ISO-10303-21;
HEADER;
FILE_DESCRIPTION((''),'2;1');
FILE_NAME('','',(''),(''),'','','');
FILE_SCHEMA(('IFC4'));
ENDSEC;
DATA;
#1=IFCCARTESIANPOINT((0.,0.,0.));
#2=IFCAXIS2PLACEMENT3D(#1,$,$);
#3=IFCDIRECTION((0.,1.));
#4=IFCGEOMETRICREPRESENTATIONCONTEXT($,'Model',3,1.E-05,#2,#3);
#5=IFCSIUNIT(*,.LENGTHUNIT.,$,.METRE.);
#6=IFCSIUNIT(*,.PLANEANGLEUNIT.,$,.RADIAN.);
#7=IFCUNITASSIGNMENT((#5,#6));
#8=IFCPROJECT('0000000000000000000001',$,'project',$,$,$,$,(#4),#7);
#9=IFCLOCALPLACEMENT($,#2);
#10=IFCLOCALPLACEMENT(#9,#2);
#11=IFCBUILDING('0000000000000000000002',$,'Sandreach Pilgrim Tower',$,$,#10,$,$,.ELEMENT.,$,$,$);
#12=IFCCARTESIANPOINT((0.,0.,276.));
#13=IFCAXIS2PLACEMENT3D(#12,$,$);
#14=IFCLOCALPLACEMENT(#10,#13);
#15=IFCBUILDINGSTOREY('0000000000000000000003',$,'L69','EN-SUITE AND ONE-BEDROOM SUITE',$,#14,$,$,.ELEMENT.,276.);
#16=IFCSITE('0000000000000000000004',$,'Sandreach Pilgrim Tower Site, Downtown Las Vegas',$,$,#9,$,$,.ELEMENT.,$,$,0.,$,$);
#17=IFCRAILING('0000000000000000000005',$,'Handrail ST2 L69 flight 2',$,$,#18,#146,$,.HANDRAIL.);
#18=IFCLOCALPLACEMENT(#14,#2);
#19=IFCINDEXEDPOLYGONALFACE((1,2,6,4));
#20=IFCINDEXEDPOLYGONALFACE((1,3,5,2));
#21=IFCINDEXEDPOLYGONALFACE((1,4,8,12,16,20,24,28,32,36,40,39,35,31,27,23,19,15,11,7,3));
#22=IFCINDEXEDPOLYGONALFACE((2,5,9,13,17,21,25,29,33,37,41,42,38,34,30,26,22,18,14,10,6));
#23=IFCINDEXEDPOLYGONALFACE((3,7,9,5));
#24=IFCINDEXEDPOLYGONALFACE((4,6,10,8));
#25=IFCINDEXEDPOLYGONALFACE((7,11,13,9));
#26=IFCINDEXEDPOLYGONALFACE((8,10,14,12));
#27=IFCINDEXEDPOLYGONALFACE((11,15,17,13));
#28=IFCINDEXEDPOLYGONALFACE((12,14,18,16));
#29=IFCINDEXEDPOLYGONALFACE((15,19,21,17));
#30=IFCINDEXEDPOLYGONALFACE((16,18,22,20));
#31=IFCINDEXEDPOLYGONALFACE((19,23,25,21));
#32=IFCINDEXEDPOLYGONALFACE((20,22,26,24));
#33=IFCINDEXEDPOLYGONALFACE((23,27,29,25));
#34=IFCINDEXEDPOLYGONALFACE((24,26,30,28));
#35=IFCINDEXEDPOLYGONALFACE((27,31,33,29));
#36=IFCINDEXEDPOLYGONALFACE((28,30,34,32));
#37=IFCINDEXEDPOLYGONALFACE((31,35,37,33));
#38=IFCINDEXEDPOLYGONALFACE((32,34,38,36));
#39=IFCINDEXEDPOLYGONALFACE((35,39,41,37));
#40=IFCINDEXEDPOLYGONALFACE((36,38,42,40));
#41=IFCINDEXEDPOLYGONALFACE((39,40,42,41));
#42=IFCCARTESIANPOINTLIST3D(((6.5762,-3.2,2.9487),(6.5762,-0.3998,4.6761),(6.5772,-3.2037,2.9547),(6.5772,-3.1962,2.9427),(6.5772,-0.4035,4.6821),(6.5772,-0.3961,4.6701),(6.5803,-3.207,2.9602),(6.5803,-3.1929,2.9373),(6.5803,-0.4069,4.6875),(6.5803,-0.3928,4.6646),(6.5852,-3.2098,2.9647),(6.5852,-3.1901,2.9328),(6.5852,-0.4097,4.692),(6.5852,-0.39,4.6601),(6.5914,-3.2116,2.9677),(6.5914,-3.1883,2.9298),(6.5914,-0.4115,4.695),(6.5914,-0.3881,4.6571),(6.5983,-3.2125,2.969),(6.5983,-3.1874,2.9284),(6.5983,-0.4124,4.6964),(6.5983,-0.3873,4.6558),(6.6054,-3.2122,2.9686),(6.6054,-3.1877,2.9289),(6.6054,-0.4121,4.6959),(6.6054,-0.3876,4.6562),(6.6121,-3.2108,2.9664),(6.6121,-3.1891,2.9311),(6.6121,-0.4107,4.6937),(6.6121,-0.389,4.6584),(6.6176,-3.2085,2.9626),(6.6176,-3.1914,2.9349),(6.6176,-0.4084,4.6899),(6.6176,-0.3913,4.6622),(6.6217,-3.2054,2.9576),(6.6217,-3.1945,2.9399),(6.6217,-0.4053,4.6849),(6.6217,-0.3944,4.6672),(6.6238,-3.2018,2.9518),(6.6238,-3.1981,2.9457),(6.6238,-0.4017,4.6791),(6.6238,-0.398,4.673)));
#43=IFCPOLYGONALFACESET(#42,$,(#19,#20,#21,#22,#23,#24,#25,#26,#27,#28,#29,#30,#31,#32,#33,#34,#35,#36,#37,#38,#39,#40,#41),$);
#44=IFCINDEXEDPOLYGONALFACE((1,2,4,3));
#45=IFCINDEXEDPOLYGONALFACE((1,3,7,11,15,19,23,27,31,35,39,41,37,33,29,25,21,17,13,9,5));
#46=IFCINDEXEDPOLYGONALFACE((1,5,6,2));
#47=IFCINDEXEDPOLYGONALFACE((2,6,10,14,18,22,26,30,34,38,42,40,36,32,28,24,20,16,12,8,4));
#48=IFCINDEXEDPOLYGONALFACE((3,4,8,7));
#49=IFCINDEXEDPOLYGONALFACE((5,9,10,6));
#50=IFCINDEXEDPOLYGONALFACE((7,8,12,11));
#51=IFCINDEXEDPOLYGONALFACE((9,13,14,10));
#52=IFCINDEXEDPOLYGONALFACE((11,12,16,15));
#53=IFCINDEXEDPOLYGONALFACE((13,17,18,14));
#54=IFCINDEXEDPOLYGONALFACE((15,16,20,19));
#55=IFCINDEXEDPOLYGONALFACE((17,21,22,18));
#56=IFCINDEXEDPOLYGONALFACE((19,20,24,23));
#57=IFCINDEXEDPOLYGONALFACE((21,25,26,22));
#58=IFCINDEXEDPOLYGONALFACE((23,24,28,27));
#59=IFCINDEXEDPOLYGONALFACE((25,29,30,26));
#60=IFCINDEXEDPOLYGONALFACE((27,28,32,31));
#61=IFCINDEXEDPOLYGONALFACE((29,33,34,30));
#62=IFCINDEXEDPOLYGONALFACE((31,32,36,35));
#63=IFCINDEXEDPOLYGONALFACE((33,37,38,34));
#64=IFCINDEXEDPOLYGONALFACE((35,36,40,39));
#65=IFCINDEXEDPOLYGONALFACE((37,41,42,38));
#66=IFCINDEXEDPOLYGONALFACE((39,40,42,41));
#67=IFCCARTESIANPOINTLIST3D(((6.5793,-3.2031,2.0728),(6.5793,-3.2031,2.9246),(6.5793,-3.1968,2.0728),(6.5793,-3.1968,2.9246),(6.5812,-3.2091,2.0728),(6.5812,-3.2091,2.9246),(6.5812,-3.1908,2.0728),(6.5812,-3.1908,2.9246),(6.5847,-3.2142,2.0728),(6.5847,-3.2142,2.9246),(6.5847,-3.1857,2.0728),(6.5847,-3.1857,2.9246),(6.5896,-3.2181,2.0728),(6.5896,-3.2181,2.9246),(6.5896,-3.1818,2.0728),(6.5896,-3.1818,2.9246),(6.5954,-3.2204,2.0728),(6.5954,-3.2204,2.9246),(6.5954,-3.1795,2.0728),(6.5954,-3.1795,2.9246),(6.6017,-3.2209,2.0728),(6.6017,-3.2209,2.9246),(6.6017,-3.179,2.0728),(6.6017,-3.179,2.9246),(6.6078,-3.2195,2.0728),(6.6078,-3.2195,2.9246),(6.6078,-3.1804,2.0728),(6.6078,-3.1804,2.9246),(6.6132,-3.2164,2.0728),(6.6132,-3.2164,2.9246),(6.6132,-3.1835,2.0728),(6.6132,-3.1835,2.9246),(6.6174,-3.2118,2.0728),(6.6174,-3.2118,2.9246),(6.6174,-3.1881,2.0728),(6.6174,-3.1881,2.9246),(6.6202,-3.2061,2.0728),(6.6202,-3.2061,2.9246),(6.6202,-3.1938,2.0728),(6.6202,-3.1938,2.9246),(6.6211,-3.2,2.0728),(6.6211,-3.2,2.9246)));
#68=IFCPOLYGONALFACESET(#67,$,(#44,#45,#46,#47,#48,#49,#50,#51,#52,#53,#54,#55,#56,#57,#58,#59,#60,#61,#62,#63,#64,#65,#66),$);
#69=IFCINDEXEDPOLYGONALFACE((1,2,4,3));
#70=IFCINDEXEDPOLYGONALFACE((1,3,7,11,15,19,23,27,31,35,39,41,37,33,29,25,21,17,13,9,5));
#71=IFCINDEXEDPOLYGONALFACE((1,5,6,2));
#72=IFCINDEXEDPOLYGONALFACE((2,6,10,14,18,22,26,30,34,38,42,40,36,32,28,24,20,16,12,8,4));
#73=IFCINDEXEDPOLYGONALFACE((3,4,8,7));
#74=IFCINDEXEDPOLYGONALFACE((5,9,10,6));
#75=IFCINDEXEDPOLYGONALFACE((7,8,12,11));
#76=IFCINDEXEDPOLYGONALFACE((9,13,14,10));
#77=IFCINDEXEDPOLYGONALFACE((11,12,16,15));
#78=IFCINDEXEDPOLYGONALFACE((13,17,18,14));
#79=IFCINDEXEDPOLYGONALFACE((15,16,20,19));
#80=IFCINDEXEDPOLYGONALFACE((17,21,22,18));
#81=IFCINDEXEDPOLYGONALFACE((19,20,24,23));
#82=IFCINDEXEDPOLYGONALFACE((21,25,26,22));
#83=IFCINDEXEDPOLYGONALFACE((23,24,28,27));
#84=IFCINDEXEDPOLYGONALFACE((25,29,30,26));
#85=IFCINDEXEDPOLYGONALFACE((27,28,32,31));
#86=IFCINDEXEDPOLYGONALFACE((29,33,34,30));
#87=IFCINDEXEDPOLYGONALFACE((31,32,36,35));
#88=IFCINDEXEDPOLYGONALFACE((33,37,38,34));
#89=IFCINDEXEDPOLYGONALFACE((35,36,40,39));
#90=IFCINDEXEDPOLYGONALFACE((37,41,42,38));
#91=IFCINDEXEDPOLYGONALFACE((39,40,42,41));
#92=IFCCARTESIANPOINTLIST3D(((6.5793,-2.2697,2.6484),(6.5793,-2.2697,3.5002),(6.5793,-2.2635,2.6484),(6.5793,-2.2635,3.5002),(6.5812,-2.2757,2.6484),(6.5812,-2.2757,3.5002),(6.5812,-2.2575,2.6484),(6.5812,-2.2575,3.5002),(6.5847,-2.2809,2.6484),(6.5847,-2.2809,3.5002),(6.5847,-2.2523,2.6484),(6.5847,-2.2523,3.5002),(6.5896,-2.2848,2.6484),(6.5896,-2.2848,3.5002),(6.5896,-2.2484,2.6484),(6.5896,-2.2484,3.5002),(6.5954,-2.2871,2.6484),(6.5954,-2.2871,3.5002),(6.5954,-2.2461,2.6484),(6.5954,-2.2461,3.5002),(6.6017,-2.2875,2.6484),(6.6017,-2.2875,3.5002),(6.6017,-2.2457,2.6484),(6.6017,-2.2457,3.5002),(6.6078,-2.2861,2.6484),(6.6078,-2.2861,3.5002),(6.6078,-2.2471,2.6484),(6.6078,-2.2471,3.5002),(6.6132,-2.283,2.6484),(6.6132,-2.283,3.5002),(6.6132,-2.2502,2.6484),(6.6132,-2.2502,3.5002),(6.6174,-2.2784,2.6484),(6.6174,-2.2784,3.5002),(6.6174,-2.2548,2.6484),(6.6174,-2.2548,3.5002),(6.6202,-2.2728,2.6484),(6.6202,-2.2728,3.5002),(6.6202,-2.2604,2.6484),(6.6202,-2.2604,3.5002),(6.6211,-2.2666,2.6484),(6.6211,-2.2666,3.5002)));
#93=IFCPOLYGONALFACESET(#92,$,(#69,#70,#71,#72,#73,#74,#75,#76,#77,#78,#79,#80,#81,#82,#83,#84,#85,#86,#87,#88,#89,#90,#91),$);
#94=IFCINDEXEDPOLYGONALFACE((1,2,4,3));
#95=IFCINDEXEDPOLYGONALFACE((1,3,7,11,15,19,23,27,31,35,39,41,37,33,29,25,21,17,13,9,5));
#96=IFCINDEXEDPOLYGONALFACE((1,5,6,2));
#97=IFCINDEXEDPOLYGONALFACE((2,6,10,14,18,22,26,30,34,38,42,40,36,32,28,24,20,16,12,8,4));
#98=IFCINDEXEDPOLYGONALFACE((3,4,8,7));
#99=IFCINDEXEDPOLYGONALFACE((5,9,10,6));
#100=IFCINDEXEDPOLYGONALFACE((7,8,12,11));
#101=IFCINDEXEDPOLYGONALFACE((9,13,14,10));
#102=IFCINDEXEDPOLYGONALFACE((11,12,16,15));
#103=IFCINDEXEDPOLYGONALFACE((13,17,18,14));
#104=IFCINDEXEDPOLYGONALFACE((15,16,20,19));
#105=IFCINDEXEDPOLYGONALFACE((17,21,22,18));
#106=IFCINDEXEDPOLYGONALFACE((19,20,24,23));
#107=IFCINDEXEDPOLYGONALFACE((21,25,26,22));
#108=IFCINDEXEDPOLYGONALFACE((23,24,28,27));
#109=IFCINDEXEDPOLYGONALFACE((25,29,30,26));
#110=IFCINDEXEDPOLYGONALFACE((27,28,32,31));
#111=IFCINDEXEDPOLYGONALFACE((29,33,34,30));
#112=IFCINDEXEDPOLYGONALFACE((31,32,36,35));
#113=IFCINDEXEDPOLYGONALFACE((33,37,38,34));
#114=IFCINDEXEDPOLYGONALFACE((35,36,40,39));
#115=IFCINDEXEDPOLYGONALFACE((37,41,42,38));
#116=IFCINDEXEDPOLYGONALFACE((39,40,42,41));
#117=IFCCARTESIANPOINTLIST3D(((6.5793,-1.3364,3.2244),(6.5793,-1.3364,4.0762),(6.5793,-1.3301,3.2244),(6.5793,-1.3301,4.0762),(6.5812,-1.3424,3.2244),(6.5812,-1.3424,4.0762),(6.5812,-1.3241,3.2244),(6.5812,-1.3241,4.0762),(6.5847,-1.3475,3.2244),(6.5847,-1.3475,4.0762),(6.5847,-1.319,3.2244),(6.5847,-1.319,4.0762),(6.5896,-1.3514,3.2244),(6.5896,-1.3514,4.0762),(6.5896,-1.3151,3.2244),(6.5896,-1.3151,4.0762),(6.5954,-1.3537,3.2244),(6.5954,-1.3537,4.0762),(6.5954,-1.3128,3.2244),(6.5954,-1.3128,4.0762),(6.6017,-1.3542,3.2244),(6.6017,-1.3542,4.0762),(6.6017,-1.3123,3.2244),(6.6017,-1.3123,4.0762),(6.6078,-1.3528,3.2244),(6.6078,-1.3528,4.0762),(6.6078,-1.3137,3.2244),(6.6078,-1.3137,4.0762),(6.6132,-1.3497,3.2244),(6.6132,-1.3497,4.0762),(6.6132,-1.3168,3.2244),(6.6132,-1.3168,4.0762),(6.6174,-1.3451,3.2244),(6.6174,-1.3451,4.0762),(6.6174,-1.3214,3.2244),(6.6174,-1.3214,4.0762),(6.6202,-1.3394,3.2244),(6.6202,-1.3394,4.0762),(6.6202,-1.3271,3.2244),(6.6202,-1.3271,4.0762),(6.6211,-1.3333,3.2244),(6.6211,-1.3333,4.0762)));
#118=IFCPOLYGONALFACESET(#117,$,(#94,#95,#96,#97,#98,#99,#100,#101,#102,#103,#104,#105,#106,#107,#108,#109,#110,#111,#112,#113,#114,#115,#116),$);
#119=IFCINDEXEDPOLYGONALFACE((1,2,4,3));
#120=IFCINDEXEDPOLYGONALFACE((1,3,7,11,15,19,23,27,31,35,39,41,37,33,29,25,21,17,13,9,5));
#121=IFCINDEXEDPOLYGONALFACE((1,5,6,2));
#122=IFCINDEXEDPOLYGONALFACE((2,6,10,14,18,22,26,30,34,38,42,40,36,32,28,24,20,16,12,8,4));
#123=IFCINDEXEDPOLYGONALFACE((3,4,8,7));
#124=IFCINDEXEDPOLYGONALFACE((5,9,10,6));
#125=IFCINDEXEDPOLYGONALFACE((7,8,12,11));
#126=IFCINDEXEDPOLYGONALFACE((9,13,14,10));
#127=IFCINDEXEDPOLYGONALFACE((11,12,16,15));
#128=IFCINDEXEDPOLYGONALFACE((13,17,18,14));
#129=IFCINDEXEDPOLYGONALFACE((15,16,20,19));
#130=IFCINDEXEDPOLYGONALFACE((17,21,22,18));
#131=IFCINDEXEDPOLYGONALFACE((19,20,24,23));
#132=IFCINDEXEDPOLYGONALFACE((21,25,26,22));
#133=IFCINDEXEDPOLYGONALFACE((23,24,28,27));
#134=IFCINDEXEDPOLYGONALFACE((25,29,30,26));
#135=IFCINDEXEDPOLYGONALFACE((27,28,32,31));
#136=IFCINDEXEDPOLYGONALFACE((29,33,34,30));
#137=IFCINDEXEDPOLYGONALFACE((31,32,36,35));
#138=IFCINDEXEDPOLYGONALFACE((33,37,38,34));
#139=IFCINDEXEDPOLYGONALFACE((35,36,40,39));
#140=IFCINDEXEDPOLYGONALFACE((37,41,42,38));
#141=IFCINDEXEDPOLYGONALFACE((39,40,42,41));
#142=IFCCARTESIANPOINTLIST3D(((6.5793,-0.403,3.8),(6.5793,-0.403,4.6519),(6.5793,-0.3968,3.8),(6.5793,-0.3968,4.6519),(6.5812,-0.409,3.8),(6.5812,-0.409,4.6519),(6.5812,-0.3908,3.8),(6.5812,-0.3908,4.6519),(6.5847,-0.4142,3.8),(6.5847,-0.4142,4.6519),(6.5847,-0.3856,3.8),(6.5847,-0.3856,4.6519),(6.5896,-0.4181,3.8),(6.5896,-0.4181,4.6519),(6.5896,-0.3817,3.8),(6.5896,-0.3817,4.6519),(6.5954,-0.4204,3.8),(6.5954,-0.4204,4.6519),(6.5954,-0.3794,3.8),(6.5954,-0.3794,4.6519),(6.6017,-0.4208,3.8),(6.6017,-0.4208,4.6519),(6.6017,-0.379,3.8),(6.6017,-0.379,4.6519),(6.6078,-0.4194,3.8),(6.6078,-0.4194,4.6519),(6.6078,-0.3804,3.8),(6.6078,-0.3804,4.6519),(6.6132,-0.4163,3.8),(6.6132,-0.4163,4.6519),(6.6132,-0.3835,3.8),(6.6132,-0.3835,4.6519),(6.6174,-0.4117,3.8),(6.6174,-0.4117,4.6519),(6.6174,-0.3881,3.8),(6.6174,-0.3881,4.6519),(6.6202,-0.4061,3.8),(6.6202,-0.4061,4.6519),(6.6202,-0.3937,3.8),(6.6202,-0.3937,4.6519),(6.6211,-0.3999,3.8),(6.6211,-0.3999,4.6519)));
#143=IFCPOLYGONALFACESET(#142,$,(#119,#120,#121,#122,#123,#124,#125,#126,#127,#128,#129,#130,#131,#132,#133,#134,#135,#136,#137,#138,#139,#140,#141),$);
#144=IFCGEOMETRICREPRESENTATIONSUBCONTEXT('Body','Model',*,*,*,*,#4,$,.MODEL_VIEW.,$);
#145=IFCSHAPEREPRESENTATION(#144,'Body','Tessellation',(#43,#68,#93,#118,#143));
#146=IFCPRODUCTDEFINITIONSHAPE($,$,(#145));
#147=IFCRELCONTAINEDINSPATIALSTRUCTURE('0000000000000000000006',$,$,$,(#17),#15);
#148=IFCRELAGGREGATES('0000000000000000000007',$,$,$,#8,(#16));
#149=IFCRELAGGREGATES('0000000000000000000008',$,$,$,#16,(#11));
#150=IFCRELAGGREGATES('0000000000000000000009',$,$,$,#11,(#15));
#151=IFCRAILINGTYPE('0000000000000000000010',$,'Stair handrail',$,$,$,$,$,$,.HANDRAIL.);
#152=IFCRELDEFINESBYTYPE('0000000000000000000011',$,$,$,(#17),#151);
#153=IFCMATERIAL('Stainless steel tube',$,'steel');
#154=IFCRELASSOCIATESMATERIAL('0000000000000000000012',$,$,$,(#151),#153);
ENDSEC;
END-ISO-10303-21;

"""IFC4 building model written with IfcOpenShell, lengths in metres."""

from ifc_helpers import new_model, si_unit, direction, frame, origin, origin_2d, place, context, subcontext, project, spatial, circle, extrude, material, type_object, element, save


model = new_model("IFC4")

# Units and contexts
model_context = context("Model", 3, precision=1e-05, world=origin(), true_north=direction((0.0, 1.0)))
body_context = subcontext(model_context, "Body", "Model", "MODEL_VIEW")
ifc_project = project(units=[si_unit("LENGTHUNIT", "METRE"), si_unit("PLANEANGLEUNIT", "RADIAN")], contexts=[model_context])

# Site, building, storey
site_placement = place(None, origin())
site = spatial("IfcSite", under=ifc_project, at=site_placement, Name="Sandreach Pilgrim Tower Site, Downtown Las Vegas", CompositionType="ELEMENT", RefElevation=0.0)
building_placement = place(site_placement, origin())
building = spatial("IfcBuilding", under=site, at=building_placement, Name="Sandreach Pilgrim Tower", CompositionType="ELEMENT")
storey_placement = place(building_placement, frame((0.0, 0.0, 276.0)))
storey = spatial("IfcBuildingStorey", under=building, at=storey_placement, Name="L69", Description="EN-SUITE AND ONE-BEDROOM SUITE", CompositionType="ELEMENT", Elevation=276.0)

# Railing
ifc_material_1 = material(Name="Stainless steel tube", Category="steel")
railing_type = type_object("IfcRailingType", Name="Stair handrail", PredefinedType="HANDRAIL", material=ifc_material_1)
for number, where, name in (
    (1, (6.6001, -3.2, 2.0728), "Handrail ST2 L69 flight 2"),
):
    element("IfcRailing", number, at=place(storey_placement, frame(where)), inside=storey, type_object=railing_type, Name=name, PredefinedType="HANDRAIL", context=body_context, shape_type="SweptSolid", body=[
        extrude(circle(Radius=0.0239, at=origin_2d()), frame((0.0, 0.0, 0.876), z_axis=(0.0, 0.85109, 0.52502), x_axis=(-1.0, 0.0, 0.0)), (0.0, 0.0, 1.0), 3.29),
        extrude(circle(Radius=0.021, at=origin_2d()), origin(), (0.0, 0.0, 1.0), 0.8518),
        extrude(circle(Radius=0.021, at=origin_2d()), frame((0.0, 0.9333, 0.5757)), (0.0, 0.0, 1.0), 0.8518),
        extrude(circle(Radius=0.021, at=origin_2d()), frame((0.0, 1.8667, 1.1516)), (0.0, 0.0, 1.0), 0.8518),
        extrude(circle(Radius=0.021, at=origin_2d()), frame((0.0, 2.8, 1.7273)), (0.0, 0.0, 1.0), 0.8518),
    ])

save(model, "model.ifc")
